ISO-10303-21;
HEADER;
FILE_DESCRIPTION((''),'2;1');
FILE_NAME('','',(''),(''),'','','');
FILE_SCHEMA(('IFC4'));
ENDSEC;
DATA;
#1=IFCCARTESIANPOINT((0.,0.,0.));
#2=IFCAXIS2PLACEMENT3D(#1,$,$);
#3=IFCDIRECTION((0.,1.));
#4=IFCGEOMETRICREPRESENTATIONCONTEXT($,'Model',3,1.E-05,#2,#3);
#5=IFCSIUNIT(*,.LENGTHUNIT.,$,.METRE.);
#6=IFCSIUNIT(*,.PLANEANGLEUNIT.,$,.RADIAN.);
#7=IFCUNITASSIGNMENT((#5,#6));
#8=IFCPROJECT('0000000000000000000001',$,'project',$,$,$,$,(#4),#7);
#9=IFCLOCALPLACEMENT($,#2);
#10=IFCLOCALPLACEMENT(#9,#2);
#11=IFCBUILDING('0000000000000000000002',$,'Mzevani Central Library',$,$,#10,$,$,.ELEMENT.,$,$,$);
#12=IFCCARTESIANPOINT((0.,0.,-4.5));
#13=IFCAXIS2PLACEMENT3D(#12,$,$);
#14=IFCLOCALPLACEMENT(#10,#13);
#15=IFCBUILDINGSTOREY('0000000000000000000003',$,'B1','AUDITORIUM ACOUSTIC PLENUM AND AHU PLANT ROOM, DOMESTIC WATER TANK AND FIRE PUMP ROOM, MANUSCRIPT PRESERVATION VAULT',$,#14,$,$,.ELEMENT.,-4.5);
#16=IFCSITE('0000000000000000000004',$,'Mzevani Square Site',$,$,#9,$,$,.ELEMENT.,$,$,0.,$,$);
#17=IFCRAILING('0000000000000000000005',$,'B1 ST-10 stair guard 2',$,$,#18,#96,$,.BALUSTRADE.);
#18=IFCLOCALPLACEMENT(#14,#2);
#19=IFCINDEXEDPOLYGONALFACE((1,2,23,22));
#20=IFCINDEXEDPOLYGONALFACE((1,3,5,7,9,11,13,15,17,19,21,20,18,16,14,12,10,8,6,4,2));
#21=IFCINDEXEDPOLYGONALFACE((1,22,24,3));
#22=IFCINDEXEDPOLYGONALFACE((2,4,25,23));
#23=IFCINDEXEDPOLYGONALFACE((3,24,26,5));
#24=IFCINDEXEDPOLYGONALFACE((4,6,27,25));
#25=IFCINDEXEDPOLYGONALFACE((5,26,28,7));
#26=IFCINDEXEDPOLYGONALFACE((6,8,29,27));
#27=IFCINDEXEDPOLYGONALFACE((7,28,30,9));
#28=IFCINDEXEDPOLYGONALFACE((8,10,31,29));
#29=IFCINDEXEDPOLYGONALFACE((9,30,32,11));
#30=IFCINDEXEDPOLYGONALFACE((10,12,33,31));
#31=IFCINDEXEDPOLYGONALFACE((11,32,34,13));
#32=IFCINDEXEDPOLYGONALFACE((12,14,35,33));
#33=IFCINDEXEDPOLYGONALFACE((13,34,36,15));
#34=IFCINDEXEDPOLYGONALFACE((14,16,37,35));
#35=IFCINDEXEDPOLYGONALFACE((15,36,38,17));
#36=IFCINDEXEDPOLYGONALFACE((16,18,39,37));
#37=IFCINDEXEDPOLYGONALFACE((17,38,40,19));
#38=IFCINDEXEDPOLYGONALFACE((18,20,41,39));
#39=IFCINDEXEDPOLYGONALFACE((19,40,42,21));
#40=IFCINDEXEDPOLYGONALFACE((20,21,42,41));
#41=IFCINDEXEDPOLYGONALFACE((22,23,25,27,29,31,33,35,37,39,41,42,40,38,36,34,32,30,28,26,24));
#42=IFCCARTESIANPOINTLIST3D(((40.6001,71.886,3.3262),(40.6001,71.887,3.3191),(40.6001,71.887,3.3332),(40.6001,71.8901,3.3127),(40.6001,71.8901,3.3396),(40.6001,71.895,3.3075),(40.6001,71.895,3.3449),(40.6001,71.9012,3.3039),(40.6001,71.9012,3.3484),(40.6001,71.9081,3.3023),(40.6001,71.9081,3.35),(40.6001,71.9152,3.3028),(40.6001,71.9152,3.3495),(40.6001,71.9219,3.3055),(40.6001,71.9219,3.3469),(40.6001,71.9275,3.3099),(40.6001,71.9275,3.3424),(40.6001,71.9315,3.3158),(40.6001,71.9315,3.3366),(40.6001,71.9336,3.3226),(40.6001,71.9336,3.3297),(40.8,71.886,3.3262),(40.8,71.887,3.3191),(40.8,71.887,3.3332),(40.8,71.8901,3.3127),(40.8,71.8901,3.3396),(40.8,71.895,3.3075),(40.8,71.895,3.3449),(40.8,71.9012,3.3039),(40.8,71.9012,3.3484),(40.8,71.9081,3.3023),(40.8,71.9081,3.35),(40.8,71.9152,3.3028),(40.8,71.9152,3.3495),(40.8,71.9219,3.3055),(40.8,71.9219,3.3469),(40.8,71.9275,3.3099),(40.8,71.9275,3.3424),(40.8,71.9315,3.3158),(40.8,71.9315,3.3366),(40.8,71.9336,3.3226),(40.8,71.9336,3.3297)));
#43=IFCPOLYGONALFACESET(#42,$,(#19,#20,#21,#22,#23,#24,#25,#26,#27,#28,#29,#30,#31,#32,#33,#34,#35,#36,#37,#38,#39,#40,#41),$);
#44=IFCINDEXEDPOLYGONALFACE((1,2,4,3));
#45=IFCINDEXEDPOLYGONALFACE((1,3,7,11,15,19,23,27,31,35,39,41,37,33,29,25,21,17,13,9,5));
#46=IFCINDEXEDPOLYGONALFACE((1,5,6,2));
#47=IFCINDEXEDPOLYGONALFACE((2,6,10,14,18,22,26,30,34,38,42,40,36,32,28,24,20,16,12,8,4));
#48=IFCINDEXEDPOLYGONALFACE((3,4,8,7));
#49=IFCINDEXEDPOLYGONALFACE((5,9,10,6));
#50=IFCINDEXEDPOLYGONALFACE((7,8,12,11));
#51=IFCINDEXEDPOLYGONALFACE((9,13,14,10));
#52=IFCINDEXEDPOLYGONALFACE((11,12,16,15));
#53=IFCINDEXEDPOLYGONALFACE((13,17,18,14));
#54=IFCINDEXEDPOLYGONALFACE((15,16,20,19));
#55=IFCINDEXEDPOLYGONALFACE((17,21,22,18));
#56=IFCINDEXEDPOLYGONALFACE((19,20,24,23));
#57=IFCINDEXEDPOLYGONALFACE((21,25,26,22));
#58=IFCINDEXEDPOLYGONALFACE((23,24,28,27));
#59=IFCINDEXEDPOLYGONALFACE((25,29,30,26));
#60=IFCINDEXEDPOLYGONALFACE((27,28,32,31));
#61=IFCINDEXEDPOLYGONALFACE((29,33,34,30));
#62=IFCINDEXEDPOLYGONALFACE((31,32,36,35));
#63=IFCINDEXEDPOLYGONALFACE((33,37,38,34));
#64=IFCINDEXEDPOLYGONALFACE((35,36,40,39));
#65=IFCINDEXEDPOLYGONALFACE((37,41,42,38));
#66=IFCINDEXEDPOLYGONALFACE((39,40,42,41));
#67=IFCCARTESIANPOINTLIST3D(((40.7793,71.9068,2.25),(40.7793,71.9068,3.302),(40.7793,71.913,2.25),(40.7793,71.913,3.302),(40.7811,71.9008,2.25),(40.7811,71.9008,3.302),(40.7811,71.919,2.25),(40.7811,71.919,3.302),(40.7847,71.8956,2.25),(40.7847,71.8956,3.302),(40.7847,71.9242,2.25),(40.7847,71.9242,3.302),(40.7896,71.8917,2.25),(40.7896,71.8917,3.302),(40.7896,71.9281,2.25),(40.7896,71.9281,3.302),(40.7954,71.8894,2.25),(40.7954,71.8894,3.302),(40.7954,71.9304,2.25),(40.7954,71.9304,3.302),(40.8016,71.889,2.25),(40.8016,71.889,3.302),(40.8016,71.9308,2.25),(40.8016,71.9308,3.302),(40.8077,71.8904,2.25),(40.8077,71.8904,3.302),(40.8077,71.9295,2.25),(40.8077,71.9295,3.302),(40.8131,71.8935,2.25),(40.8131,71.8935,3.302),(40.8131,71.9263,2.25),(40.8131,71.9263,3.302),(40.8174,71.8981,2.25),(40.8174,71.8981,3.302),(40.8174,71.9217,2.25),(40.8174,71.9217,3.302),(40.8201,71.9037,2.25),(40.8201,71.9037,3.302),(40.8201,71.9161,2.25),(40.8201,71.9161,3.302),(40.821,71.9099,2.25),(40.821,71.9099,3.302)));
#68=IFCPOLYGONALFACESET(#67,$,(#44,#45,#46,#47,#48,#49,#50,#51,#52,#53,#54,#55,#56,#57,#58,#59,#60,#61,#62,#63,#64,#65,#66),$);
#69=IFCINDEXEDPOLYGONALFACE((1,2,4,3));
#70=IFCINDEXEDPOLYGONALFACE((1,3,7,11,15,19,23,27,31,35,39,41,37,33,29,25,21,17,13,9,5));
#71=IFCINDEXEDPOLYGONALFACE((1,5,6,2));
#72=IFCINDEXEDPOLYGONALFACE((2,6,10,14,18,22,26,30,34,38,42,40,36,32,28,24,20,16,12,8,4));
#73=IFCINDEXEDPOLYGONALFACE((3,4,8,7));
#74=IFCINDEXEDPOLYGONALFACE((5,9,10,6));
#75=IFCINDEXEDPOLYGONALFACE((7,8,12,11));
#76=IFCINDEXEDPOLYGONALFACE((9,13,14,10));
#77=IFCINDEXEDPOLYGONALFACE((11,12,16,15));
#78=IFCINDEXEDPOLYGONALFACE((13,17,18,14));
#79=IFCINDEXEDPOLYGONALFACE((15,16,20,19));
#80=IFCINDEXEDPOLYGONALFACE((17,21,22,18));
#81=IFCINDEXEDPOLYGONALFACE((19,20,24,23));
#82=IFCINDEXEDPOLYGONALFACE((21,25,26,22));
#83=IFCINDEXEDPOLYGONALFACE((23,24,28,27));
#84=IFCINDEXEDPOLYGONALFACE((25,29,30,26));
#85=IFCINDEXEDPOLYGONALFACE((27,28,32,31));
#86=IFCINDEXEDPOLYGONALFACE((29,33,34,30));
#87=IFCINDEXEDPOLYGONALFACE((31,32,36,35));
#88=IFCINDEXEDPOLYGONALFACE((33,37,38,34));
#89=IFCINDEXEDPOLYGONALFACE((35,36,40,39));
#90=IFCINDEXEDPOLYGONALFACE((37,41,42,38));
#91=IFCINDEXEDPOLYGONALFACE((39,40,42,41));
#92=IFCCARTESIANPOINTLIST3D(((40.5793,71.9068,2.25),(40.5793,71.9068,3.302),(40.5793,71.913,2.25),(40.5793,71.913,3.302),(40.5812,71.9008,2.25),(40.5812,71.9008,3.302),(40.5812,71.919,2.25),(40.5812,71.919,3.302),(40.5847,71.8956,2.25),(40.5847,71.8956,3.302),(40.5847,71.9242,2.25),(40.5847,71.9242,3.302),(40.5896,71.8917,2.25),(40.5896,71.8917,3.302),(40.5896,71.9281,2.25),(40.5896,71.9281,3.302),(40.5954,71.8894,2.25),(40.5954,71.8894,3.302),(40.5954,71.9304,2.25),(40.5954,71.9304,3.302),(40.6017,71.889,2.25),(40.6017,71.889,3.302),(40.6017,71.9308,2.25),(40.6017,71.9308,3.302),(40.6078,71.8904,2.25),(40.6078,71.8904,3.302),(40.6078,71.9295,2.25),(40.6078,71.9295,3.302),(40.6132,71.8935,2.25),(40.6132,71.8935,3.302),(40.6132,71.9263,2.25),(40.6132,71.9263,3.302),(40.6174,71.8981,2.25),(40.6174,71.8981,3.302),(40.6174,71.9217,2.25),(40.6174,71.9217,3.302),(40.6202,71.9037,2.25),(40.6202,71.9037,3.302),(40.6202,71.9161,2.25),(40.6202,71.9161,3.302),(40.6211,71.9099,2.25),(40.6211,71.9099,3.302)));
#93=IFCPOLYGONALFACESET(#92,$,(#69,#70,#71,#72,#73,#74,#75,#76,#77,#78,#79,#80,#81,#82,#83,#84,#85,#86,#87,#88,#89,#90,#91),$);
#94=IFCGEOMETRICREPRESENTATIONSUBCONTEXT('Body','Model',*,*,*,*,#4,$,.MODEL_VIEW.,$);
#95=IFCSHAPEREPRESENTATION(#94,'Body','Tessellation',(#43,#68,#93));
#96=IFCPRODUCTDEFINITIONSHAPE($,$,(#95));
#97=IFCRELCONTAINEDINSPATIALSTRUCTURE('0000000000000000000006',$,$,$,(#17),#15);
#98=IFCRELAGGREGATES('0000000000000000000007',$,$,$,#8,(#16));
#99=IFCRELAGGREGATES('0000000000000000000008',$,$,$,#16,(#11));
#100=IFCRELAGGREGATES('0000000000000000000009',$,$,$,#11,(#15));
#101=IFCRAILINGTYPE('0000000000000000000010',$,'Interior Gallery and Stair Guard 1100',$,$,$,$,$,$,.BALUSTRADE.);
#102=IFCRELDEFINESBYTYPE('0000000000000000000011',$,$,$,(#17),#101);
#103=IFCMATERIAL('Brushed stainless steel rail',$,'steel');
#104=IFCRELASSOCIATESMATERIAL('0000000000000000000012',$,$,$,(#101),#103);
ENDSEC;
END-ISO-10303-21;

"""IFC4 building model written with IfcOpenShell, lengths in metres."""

from ifc_helpers import new_model, si_unit, direction, frame, origin, origin_2d, place, context, subcontext, project, spatial, circle, extrude, material, type_object, element, save


model = new_model("IFC4")

# Units and contexts
model_context = context("Model", 3, precision=1e-05, world=origin(), true_north=direction((0.0, 1.0)))
body_context = subcontext(model_context, "Body", "Model", "MODEL_VIEW")
ifc_project = project(units=[si_unit("LENGTHUNIT", "METRE"), si_unit("PLANEANGLEUNIT", "RADIAN")], contexts=[model_context])

# Site, building, storey
site_placement = place(None, origin())
site = spatial("IfcSite", under=ifc_project, at=site_placement, Name="Mzevani Square Site", CompositionType="ELEMENT", RefElevation=0.0)
building_placement = place(site_placement, origin())
building = spatial("IfcBuilding", under=site, at=building_placement, Name="Mzevani Central Library", CompositionType="ELEMENT")
storey_placement = place(building_placement, frame((0.0, 0.0, -4.5)))
storey = spatial("IfcBuildingStorey", under=building, at=storey_placement, Name="B1", Description="AUDITORIUM ACOUSTIC PLENUM AND AHU PLANT ROOM, DOMESTIC WATER TANK AND FIRE PUMP ROOM, MANUSCRIPT PRESERVATION VAULT", CompositionType="ELEMENT", Elevation=-4.5)

# Railing
ifc_material_1 = material(Name="Brushed stainless steel rail", Category="steel")
railing_type_1 = type_object("IfcRailingType", Name="Interior Gallery and Stair Guard 1100", PredefinedType="BALUSTRADE", material=ifc_material_1)
railing_1_placement = place(storey_placement, frame((40.8, 71.9099, 2.25)))
element("IfcRailing", 1, at=railing_1_placement, inside=storey, type_object=railing_type_1, Name="B1 ST-10 stair guard 2", PredefinedType="BALUSTRADE", context=body_context, shape_type="SweptSolid", body=[
    extrude(circle(Radius=0.0239, at=origin_2d()), frame((0.0, 0.0, 1.0762), z_axis=(-1.0, 0.0, 0.0), x_axis=(0.0, -1.0, 0.0)), (0.0, 0.0, 1.0), 0.2),
    extrude(circle(Radius=0.021, at=origin_2d()), origin(), (0.0, 0.0, 1.0), 1.052),
    extrude(circle(Radius=0.021, at=origin_2d()), frame((-0.2, 0.0, 0.0)), (0.0, 0.0, 1.0), 1.052),
])

save(model, "model.ifc")
